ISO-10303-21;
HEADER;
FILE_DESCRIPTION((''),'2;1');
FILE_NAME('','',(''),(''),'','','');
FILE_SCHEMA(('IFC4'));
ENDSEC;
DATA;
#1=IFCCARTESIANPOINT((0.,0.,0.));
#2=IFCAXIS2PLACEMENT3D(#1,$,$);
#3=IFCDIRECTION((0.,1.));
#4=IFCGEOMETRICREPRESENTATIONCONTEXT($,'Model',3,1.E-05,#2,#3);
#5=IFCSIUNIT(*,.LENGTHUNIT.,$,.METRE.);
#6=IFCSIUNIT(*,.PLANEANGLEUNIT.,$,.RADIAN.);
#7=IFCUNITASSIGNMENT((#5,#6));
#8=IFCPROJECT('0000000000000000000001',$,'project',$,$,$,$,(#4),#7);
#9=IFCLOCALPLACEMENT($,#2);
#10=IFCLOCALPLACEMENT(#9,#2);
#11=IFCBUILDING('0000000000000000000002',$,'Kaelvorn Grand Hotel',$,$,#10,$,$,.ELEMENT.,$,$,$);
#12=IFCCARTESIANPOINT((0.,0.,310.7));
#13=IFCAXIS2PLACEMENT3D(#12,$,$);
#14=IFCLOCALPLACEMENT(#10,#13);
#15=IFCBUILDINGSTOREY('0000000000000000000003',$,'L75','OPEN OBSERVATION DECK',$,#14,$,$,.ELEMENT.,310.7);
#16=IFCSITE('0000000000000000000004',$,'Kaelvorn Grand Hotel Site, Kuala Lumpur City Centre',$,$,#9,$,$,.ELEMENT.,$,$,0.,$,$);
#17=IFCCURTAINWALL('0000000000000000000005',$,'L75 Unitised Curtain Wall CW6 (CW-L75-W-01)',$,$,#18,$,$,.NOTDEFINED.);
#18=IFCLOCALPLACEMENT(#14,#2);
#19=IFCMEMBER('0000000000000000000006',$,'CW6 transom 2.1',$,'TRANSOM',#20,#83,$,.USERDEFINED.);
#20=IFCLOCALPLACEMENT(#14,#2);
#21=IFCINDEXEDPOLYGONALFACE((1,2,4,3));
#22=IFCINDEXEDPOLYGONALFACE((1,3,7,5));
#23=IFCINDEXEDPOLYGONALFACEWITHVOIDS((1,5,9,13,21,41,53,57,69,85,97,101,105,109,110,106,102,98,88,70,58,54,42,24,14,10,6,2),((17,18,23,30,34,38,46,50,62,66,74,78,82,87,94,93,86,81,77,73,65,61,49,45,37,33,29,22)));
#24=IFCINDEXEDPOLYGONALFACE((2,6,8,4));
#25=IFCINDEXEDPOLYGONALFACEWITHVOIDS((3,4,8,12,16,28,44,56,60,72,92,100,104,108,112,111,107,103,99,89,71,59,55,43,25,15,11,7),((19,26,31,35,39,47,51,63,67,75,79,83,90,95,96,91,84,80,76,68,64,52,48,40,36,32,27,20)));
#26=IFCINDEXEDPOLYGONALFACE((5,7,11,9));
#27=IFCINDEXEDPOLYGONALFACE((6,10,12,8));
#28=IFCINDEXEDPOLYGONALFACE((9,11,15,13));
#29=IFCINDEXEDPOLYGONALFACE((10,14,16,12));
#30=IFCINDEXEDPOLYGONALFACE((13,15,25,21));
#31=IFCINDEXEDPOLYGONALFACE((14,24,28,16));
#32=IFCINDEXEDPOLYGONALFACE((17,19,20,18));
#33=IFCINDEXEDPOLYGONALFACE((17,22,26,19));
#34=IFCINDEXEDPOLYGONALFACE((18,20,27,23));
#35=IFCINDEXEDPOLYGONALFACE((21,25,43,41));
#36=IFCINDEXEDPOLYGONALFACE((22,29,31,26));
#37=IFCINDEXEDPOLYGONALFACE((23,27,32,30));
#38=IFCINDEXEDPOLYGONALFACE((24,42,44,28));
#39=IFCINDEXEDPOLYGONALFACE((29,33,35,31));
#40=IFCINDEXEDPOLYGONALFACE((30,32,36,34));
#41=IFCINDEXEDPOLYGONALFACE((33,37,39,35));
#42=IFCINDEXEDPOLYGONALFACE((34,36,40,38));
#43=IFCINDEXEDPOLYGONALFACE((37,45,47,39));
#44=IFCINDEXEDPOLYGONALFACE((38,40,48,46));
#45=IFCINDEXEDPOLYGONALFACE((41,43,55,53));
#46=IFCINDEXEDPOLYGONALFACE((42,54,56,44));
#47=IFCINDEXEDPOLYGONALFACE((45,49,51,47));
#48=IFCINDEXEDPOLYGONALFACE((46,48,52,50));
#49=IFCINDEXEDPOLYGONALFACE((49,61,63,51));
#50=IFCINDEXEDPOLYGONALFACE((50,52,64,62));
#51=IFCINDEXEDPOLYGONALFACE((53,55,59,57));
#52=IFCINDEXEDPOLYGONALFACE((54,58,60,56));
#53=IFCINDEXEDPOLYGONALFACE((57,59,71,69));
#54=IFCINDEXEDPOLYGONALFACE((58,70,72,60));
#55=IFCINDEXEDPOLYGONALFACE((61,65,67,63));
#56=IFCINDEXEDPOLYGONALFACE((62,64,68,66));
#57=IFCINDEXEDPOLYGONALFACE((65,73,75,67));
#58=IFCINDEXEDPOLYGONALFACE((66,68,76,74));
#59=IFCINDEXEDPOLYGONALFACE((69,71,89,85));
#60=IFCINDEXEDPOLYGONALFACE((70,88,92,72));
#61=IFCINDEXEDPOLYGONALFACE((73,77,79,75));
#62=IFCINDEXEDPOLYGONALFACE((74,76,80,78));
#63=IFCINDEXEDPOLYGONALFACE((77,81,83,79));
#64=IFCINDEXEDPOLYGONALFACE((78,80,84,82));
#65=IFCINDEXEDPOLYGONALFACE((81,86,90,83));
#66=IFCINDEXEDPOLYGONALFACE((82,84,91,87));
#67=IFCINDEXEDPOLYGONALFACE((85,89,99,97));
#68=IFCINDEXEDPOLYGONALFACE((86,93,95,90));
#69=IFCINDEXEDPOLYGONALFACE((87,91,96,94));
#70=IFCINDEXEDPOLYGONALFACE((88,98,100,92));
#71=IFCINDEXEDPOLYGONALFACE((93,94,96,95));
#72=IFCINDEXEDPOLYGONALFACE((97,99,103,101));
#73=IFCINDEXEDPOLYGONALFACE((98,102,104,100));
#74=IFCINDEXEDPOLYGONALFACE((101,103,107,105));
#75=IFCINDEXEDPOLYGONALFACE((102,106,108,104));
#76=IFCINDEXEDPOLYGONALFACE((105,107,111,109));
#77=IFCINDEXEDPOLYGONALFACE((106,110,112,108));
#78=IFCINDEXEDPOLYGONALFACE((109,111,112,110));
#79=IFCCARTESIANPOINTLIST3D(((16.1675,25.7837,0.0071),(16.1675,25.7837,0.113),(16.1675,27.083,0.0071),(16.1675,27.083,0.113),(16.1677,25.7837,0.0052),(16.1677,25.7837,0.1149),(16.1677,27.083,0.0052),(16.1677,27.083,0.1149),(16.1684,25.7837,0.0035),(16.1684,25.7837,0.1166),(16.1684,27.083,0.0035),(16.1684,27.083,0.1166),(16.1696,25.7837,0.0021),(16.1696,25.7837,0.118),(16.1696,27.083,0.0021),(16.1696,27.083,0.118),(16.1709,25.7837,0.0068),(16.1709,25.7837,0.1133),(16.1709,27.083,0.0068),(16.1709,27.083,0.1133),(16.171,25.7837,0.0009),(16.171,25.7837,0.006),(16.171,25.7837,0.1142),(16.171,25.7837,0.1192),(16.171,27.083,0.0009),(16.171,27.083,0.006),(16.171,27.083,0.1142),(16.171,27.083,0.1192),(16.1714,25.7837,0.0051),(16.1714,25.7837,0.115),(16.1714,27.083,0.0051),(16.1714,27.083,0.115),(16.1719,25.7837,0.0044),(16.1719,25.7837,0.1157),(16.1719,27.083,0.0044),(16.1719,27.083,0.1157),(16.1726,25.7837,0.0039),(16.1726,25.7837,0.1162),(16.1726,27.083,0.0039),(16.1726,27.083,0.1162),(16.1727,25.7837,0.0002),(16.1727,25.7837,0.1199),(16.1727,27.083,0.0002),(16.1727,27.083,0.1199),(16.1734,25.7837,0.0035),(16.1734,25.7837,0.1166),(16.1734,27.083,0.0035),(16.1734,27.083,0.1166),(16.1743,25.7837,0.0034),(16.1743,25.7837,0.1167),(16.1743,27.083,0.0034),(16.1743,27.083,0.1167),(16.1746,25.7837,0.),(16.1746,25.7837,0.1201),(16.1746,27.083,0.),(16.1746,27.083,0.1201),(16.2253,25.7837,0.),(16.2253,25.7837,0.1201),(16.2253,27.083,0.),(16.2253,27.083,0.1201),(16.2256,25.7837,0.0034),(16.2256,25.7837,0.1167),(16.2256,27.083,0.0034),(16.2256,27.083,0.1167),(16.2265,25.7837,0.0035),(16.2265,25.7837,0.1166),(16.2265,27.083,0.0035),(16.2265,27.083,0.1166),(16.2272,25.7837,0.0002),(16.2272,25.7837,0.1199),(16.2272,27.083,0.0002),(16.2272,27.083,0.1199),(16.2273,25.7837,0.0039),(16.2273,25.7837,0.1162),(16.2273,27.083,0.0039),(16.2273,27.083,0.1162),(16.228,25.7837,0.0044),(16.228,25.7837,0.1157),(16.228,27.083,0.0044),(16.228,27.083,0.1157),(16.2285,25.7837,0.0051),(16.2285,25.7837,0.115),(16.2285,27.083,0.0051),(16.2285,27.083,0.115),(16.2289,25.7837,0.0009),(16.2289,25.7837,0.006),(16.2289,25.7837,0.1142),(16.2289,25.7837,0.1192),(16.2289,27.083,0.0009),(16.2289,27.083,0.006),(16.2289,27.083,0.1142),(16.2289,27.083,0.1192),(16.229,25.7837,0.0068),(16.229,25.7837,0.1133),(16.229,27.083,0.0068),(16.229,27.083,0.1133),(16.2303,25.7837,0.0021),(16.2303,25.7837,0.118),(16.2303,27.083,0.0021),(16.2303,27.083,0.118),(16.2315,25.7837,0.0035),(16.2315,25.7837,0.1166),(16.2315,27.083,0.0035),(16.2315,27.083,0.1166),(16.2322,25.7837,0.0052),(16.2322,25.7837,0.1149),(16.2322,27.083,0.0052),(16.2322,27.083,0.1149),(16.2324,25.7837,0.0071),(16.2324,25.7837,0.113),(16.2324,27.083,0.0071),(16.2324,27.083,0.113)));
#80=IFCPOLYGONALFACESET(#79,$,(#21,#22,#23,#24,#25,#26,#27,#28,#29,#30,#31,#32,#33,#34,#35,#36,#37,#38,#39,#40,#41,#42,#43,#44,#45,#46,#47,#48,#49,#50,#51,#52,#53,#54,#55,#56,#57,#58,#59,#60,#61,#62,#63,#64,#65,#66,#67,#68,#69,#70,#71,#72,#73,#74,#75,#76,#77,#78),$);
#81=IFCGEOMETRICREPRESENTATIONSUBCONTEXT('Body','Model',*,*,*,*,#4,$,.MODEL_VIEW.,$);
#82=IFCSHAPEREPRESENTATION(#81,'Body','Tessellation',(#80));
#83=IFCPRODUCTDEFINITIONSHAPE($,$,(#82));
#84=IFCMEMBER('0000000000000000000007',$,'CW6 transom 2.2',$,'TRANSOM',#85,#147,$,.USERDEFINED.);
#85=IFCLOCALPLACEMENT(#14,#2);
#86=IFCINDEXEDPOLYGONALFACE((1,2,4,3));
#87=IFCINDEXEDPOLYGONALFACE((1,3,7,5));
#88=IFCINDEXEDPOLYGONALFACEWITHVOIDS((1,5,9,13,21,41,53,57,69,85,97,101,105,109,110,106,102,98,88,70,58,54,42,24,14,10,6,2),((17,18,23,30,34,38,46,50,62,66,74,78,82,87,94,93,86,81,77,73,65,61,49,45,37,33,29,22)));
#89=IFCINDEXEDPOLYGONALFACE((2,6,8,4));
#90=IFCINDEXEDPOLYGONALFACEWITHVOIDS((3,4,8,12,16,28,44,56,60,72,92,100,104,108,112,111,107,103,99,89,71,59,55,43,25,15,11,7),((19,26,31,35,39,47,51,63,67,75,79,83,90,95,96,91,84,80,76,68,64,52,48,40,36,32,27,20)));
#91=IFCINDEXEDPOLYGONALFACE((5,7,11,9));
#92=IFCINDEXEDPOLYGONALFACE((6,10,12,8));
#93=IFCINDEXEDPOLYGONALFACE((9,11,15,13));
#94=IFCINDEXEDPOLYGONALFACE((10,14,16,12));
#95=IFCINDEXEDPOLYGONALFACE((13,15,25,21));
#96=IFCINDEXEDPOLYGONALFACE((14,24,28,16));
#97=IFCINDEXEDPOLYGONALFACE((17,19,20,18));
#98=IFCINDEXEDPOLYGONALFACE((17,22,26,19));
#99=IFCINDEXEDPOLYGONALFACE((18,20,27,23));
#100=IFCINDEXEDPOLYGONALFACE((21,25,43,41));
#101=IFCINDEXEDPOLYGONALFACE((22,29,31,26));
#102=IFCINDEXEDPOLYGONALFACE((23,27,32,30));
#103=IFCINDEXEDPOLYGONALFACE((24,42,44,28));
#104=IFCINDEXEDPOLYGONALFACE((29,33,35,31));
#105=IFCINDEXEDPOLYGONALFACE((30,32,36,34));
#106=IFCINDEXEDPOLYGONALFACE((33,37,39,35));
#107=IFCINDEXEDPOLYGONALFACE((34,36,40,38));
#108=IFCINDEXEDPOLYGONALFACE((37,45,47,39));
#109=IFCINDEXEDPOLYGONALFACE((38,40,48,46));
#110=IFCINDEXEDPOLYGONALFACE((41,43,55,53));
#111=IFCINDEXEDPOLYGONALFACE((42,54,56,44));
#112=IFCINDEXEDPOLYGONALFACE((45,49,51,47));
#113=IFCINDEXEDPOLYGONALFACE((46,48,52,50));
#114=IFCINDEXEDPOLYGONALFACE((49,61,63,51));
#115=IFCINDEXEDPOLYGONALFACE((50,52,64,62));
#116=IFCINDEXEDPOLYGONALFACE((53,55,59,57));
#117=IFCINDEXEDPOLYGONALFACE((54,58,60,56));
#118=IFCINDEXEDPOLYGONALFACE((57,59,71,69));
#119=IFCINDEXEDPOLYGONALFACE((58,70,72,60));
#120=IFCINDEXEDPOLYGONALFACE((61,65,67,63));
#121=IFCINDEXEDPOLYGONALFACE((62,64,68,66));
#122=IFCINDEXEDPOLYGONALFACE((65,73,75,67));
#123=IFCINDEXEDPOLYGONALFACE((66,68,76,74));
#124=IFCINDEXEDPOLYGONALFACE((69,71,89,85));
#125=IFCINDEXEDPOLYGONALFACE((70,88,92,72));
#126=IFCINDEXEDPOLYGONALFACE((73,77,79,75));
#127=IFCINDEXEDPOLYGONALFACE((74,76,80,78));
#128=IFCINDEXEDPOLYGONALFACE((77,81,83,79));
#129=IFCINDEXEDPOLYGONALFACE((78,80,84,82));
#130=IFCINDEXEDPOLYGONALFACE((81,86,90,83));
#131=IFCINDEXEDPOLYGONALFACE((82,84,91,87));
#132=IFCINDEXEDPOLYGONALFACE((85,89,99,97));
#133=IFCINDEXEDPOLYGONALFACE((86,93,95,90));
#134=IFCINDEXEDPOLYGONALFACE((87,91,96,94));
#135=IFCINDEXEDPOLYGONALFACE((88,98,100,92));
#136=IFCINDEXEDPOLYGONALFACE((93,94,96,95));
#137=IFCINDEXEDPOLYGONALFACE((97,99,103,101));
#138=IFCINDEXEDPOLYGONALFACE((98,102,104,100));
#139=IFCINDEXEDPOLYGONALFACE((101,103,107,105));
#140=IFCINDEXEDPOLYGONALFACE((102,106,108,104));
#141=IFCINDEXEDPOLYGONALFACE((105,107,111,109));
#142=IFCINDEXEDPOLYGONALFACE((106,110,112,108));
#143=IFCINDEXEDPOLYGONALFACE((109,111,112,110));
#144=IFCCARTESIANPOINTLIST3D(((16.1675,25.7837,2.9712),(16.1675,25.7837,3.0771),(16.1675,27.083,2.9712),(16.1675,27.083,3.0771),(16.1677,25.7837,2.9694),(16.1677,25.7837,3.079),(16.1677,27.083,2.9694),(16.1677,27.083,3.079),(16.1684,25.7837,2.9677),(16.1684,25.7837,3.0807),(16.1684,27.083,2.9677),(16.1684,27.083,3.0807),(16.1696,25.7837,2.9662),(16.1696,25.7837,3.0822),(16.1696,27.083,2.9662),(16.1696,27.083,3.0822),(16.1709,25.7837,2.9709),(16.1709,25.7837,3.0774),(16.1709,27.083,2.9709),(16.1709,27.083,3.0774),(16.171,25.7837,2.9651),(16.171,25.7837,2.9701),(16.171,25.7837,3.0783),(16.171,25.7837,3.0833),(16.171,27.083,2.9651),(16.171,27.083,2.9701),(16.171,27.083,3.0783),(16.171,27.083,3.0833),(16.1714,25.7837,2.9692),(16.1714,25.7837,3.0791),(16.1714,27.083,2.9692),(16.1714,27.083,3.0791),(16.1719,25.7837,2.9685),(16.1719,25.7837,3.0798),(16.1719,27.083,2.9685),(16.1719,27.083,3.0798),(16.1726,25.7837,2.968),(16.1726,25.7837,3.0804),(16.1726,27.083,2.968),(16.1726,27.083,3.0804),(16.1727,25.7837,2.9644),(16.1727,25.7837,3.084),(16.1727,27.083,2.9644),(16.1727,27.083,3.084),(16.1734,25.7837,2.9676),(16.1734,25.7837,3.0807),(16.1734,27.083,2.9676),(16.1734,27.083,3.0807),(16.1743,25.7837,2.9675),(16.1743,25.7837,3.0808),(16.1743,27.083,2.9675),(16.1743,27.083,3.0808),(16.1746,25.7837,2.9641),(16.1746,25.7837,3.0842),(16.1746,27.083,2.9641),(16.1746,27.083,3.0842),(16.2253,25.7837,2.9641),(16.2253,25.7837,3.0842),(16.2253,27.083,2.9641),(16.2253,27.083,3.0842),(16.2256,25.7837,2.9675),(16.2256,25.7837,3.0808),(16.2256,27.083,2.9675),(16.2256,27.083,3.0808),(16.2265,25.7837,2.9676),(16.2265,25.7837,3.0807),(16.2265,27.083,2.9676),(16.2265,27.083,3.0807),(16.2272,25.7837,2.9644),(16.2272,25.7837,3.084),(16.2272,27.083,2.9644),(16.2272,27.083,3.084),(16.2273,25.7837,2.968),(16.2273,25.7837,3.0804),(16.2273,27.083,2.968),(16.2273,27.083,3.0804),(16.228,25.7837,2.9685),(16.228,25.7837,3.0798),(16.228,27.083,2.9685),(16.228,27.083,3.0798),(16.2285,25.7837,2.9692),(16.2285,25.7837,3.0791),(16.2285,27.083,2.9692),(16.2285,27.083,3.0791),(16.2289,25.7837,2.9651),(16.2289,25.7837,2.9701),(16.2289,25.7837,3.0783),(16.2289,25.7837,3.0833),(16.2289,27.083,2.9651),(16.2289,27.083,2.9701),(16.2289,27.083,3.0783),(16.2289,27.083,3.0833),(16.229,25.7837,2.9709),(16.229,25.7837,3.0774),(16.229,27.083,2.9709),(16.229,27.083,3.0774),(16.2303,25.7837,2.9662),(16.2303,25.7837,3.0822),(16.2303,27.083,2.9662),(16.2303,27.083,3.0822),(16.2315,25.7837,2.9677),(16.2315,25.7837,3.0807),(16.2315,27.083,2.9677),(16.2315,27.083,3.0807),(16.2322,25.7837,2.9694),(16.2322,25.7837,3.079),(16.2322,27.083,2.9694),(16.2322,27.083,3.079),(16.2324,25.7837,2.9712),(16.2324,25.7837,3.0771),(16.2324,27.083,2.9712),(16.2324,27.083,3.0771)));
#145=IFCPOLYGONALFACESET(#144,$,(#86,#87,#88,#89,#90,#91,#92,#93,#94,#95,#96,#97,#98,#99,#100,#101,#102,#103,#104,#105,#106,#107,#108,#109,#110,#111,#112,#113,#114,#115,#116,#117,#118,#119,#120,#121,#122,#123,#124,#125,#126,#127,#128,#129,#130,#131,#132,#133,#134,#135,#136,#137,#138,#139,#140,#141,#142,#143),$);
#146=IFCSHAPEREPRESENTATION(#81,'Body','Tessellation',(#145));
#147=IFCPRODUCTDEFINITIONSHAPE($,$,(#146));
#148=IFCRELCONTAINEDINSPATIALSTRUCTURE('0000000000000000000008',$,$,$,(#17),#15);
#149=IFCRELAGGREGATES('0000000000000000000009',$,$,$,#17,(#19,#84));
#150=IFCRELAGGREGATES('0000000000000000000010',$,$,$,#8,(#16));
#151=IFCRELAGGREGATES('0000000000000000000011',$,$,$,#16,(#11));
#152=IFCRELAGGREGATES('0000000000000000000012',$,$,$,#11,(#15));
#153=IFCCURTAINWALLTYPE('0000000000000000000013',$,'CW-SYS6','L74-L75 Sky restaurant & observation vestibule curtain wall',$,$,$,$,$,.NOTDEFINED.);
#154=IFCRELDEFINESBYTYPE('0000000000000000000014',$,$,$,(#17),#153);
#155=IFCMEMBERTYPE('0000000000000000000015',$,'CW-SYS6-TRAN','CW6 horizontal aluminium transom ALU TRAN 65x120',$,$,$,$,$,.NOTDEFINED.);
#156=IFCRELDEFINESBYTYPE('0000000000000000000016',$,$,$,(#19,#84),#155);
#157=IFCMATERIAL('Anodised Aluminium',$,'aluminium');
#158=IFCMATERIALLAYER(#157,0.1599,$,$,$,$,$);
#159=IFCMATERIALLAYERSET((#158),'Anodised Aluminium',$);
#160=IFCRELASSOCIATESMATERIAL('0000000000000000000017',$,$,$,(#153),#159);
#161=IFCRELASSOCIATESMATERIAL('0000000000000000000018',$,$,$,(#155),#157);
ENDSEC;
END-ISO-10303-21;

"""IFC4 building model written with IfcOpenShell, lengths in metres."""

from ifc_helpers import new_model, si_unit, direction, frame, origin, origin_2d, place, context, subcontext, project, spatial, hollow_rectangle, extrude, material, layer, layer_set, material_profile, profile_set, type_object, element, aggregate, save


model = new_model("IFC4")

# Units and contexts
model_context = context("Model", 3, precision=1e-05, world=origin(), true_north=direction((0.0, 1.0)))
body_context = subcontext(model_context, "Body", "Model", "MODEL_VIEW")
ifc_project = project(units=[si_unit("LENGTHUNIT", "METRE"), si_unit("PLANEANGLEUNIT", "RADIAN")], contexts=[model_context])

# Site, building, storey
site_placement = place(None, origin())
site = spatial("IfcSite", under=ifc_project, at=site_placement, Name="Kaelvorn Grand Hotel Site, Kuala Lumpur City Centre", CompositionType="ELEMENT", RefElevation=0.0)
building_placement = place(site_placement, origin())
building = spatial("IfcBuilding", under=site, at=building_placement, Name="Kaelvorn Grand Hotel", CompositionType="ELEMENT")
storey_placement = place(building_placement, frame((0.0, 0.0, 310.7)))
storey = spatial("IfcBuildingStorey", under=building, at=storey_placement, Name="L75", Description="OPEN OBSERVATION DECK", CompositionType="ELEMENT", Elevation=310.7)

# Curtain wall, members
ifc_material_1 = material(Name="Anodised Aluminium", Category="aluminium")
ifc_layer_1 = layer(ifc_material_1, 0.1599)
ifc_layer_set_1 = layer_set([ifc_layer_1], Name="Anodised Aluminium")
curtain_wall_type = type_object("IfcCurtainWallType", Name="CW-SYS6", Description="L74-L75 Sky restaurant & observation vestibule curtain wall", PredefinedType="NOTDEFINED", material=ifc_layer_set_1)
curtain_wall_placement = place(storey_placement, origin())
curtain_wall = element("IfcCurtainWall", 1, at=curtain_wall_placement, inside=storey, type_object=curtain_wall_type, Name="L75 Unitised Curtain Wall CW6 (CW-L75-W-01)", PredefinedType="NOTDEFINED")
ifc_material_profile_1 = material_profile(ifc_material_1, hollow_rectangle(XDim=0.0649, YDim=0.1201, WallThickness=0.0034, InnerFilletRadius=0.0034, OuterFilletRadius=0.0071, at=origin_2d()), Name="ALU TRAN 65x120")
ifc_profile_set_1 = profile_set([ifc_material_profile_1], Name="Anodised Aluminium")
member_type_1 = type_object("IfcMemberType", Name="CW-SYS6-TRAN", Description="CW6 horizontal aluminium transom ALU TRAN 65x120", PredefinedType="NOTDEFINED", material=ifc_profile_set_1)
member_1_placement = place(storey_placement, frame((16.2, 27.083, 0.0601), z_axis=(0.0, -1.0, 0.0), x_axis=(1.0, 0.0, 0.0)))
member_1 = element("IfcMember", 2, at=member_1_placement, type_object=member_type_1, Name="CW6 transom 2.1", ObjectType="TRANSOM", PredefinedType="USERDEFINED", context=body_context, shape_type="SweptSolid", body=[
    extrude(hollow_rectangle(XDim=0.0649, YDim=0.1201, WallThickness=0.0034, InnerFilletRadius=0.0034, OuterFilletRadius=0.0071, at=origin_2d()), origin(), (0.0, 0.0, 1.0), 1.2993),
])
member_2_placement = place(storey_placement, frame((16.2, 27.083, 3.0242), z_axis=(0.0, -1.0, 0.0), x_axis=(1.0, 0.0, 0.0)))
member_2 = element("IfcMember", 3, at=member_2_placement, type_object=member_type_1, Name="CW6 transom 2.2", ObjectType="TRANSOM", PredefinedType="USERDEFINED", context=body_context, shape_type="SweptSolid", body=[
    extrude(hollow_rectangle(XDim=0.0649, YDim=0.1201, WallThickness=0.0034, InnerFilletRadius=0.0034, OuterFilletRadius=0.0071, at=origin_2d()), origin(), (0.0, 0.0, 1.0), 1.2993),
])
aggregate(curtain_wall, [member_1, member_2])

save(model, "model.ifc")
